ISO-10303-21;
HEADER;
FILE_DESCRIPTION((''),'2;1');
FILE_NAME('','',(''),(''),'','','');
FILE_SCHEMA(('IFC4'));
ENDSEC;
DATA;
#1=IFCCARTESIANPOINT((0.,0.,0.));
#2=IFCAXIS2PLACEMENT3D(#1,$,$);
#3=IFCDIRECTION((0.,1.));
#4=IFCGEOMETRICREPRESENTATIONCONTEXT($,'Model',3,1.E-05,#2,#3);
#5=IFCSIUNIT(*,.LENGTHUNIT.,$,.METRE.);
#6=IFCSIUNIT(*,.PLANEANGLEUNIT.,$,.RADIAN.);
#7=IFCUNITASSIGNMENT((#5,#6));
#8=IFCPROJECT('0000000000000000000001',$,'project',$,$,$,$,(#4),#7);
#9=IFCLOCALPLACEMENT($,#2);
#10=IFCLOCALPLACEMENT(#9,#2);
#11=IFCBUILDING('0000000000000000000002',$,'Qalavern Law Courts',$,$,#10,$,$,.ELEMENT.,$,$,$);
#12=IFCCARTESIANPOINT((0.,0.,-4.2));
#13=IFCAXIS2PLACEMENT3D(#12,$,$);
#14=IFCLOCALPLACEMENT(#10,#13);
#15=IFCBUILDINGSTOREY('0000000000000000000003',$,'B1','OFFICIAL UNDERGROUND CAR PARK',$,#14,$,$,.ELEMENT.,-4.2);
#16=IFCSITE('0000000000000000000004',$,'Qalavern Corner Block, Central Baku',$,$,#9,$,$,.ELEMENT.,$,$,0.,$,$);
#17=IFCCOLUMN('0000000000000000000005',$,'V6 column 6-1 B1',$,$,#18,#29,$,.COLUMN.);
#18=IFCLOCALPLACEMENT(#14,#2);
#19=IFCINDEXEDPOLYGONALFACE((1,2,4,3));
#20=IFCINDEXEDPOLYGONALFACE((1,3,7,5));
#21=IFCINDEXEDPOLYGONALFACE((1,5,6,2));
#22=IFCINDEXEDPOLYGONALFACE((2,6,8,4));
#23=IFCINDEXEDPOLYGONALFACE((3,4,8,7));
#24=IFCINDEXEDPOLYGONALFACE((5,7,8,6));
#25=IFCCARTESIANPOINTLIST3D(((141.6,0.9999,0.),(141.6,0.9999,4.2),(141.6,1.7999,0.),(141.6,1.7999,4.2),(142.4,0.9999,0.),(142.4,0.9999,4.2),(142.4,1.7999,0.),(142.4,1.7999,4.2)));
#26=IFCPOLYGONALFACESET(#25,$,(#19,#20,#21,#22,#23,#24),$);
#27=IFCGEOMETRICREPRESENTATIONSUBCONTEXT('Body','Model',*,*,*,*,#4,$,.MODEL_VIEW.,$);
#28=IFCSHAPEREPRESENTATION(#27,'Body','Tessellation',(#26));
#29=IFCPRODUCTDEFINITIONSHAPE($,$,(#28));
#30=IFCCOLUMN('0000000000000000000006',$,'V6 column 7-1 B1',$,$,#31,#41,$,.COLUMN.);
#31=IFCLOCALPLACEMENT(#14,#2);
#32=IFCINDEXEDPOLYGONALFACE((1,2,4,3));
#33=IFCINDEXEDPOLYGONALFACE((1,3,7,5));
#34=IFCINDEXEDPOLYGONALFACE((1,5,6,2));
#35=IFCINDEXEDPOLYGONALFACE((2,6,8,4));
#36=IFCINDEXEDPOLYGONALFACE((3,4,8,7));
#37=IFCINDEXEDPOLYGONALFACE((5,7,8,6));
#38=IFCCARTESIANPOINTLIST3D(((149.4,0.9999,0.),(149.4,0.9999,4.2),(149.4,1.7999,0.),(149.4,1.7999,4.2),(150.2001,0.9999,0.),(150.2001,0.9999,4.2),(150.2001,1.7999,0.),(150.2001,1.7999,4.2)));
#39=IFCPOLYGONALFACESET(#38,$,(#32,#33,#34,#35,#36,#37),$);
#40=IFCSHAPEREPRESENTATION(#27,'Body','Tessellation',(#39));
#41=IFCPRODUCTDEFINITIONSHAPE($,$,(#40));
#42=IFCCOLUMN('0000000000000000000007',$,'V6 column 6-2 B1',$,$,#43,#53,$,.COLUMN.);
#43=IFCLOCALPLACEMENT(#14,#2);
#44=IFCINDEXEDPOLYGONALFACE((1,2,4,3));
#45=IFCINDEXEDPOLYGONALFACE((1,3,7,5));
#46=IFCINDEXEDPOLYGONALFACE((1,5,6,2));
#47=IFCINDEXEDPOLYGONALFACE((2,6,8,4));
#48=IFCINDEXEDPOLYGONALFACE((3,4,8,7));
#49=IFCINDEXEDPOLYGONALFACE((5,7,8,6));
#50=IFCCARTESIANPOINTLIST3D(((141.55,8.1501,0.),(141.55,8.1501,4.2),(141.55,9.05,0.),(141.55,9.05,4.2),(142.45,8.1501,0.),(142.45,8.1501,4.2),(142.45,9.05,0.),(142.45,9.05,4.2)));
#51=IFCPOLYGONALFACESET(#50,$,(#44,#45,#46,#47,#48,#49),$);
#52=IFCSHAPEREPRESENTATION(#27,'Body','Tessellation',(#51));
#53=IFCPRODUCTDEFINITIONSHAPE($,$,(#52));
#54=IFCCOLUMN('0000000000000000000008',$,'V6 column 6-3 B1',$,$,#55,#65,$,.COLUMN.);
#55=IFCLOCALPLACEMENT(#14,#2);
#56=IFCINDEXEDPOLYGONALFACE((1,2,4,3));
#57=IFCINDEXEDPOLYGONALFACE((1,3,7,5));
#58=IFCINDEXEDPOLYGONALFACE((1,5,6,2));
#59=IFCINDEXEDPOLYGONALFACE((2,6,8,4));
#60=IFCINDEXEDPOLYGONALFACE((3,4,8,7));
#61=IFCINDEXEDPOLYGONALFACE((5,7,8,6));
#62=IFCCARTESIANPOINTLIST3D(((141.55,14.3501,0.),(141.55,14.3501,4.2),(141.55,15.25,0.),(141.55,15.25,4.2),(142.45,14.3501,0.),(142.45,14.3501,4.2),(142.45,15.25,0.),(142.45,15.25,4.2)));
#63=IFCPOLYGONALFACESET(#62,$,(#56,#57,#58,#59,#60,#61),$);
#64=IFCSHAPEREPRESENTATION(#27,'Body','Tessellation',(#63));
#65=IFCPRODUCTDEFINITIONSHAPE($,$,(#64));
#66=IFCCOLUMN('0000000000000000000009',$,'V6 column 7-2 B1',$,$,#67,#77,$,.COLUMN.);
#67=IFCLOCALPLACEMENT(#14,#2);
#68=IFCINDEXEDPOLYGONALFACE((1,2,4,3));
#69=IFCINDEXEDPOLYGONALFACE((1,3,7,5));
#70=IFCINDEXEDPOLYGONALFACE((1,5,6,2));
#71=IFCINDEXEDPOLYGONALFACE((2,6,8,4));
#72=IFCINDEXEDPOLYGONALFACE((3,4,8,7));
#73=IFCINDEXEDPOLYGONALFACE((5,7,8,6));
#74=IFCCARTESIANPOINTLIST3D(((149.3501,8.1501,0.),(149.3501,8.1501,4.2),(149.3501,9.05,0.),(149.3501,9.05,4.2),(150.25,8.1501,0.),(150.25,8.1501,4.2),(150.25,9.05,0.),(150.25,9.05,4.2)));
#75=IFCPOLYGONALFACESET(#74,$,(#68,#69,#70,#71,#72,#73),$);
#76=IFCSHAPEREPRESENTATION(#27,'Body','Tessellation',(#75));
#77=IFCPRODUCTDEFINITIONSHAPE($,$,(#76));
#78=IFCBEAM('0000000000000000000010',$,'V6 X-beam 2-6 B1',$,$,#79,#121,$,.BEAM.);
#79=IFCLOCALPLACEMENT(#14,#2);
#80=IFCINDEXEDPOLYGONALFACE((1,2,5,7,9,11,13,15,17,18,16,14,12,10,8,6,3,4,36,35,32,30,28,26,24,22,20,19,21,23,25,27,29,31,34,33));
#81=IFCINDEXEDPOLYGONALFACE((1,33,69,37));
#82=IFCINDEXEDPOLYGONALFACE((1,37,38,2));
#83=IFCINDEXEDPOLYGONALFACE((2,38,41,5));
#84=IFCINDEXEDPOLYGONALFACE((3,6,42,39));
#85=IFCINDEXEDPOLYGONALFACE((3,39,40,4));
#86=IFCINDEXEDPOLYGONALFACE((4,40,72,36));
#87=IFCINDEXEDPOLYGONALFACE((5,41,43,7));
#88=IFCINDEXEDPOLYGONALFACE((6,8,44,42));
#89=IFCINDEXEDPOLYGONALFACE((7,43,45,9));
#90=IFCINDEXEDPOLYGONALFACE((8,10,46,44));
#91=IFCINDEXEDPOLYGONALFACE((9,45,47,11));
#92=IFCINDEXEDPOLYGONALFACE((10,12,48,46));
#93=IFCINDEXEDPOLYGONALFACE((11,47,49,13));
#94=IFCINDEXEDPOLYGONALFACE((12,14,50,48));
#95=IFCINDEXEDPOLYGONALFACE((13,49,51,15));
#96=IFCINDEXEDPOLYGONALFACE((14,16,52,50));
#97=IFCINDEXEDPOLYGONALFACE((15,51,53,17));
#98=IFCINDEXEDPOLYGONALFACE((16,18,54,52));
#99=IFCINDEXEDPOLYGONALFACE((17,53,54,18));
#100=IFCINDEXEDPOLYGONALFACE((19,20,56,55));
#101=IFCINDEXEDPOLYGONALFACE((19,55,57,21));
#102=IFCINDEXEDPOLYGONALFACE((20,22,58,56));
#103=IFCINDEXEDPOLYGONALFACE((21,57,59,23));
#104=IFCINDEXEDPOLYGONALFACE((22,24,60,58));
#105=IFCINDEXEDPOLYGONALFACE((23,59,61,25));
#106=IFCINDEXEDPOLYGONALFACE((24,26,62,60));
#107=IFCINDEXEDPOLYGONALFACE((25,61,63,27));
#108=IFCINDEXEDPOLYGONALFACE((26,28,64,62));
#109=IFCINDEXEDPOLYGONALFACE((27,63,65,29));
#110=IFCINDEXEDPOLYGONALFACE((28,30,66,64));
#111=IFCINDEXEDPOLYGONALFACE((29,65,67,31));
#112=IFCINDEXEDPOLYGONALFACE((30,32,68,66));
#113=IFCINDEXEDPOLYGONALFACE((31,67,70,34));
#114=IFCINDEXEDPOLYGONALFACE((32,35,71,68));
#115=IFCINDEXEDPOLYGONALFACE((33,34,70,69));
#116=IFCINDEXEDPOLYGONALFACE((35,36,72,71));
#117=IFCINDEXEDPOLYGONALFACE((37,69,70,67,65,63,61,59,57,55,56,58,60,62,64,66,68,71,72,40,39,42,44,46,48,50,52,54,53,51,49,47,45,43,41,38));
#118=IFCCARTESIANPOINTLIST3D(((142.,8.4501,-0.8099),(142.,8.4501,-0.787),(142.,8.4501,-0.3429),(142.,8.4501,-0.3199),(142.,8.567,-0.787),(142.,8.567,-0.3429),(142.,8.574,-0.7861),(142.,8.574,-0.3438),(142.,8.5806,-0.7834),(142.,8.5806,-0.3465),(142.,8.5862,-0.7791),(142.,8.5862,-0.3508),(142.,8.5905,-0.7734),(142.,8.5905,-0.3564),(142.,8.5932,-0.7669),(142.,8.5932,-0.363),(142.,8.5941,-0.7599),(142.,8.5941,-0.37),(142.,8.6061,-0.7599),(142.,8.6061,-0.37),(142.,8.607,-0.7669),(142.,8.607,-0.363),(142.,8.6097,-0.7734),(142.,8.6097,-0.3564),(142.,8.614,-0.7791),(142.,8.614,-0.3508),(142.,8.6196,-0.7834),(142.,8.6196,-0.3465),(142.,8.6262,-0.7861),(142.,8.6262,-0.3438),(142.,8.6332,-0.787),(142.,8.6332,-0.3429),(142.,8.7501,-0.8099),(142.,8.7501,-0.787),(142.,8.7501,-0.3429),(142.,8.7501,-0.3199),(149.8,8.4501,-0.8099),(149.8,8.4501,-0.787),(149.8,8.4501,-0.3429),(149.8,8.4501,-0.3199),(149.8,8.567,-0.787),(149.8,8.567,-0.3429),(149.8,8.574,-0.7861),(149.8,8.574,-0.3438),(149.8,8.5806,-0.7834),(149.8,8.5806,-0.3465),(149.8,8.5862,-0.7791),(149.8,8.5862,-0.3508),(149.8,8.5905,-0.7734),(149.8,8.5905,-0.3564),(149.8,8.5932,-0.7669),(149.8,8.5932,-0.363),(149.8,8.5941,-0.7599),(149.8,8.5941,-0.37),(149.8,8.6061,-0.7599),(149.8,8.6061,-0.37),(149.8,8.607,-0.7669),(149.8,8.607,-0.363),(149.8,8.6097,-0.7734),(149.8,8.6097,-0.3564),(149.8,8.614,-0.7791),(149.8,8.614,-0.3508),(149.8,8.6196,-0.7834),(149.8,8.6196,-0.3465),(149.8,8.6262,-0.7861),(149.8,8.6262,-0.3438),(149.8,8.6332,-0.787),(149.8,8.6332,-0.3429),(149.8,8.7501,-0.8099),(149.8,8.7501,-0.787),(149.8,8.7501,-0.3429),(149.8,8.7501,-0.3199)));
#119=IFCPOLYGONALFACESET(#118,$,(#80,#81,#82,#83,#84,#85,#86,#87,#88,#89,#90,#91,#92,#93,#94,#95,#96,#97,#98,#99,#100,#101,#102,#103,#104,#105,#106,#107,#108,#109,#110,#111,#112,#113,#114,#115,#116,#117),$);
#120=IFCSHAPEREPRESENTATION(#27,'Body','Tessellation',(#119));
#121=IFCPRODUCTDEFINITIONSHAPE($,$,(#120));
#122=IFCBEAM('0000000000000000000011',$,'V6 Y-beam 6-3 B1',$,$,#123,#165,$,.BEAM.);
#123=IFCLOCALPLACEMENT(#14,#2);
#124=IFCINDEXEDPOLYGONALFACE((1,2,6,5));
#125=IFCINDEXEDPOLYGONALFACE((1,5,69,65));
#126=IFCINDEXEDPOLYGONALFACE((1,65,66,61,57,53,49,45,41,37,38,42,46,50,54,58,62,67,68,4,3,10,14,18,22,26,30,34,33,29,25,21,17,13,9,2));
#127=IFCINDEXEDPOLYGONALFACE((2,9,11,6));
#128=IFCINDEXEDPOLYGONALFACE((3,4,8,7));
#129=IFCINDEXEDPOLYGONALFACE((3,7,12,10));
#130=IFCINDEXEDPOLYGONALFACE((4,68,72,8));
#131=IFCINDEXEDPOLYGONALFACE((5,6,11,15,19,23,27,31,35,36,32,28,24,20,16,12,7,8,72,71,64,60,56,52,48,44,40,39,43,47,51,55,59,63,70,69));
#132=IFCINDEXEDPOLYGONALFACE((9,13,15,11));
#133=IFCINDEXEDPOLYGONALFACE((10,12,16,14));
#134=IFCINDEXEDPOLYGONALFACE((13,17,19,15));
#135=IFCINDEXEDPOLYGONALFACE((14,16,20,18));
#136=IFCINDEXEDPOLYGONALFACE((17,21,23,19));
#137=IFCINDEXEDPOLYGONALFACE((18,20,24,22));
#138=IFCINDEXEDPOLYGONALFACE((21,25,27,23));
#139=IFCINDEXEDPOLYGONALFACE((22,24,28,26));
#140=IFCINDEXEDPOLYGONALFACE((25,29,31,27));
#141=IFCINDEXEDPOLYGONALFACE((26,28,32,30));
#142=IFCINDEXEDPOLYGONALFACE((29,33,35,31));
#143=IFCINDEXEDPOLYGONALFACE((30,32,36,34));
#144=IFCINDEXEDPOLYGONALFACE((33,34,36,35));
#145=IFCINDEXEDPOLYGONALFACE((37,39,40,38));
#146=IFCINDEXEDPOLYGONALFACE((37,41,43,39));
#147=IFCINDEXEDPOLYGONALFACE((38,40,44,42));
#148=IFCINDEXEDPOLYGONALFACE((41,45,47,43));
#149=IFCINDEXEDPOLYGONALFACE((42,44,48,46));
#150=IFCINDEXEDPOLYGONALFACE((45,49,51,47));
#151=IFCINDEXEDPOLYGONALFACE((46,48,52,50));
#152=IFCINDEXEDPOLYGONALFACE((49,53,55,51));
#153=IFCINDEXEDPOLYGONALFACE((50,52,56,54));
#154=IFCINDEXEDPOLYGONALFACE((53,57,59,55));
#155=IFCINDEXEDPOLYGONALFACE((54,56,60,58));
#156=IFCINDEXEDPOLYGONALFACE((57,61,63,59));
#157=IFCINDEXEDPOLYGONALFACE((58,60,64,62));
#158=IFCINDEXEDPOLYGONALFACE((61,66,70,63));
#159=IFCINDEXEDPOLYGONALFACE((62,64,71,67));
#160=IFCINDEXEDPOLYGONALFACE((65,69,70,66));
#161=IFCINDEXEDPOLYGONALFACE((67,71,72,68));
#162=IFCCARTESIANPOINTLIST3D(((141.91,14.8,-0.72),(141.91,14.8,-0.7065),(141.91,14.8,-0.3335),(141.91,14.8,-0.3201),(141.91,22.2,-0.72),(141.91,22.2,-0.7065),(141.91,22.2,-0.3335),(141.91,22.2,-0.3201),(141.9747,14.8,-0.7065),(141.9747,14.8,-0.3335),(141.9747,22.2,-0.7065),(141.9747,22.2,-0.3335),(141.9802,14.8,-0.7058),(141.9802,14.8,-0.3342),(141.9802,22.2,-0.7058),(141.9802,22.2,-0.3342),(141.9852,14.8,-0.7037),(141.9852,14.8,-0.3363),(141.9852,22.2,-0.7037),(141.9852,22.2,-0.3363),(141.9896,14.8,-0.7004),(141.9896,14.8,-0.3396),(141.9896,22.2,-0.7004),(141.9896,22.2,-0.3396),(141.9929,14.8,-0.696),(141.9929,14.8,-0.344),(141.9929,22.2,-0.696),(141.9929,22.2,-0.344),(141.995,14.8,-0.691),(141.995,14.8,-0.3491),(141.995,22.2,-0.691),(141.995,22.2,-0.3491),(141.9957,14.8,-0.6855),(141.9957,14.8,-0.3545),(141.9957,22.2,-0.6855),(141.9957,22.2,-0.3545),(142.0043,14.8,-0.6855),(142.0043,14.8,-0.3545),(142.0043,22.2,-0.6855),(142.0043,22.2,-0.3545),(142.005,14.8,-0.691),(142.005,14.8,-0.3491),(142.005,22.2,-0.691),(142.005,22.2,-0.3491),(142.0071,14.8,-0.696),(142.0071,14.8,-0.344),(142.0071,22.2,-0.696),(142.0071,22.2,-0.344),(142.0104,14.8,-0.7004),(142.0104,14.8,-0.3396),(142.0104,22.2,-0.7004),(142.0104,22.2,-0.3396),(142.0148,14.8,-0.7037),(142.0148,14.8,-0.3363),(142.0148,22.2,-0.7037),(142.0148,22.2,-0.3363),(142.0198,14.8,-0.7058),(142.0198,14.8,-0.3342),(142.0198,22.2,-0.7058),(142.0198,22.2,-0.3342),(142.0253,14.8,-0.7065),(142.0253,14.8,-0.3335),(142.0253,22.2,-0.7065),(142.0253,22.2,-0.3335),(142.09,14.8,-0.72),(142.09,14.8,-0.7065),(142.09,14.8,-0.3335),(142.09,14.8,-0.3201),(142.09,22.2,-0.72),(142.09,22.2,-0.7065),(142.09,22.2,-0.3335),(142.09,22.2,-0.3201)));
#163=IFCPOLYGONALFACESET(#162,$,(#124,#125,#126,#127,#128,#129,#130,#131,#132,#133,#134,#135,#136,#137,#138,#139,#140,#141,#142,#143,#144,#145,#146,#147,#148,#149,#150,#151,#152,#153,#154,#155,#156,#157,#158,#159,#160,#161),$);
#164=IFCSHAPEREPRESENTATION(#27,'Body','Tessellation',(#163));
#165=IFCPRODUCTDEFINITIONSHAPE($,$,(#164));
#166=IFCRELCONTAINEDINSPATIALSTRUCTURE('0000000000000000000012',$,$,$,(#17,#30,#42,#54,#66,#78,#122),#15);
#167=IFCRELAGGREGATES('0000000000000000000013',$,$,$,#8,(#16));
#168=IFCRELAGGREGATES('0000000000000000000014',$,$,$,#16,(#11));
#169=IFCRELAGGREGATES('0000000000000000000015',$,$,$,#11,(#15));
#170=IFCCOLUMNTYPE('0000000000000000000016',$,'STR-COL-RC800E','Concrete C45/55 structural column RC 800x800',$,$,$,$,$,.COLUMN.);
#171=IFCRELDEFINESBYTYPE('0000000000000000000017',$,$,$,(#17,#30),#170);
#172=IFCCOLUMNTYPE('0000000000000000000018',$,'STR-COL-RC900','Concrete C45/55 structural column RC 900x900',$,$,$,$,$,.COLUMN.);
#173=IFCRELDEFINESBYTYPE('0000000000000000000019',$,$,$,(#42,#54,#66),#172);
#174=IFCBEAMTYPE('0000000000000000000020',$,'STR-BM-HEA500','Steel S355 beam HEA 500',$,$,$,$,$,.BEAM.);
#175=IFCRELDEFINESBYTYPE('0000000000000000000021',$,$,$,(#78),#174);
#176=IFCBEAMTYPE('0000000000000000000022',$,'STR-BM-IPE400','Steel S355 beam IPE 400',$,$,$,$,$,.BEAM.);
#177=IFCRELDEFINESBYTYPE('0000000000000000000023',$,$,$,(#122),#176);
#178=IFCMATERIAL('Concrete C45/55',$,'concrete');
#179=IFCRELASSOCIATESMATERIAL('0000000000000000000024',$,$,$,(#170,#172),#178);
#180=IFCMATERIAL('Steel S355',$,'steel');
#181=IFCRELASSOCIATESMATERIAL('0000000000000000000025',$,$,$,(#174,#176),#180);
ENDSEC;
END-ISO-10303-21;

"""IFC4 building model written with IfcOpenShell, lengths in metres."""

from ifc_helpers import new_model, si_unit, direction, frame, origin, origin_2d, place, context, subcontext, project, spatial, rectangle, i_section, extrude, material, material_profile, profile_set, type_object, element, save


model = new_model("IFC4")

# Units and contexts
model_context = context("Model", 3, precision=1e-05, world=origin(), true_north=direction((0.0, 1.0)))
body_context = subcontext(model_context, "Body", "Model", "MODEL_VIEW")
ifc_project = project(units=[si_unit("LENGTHUNIT", "METRE"), si_unit("PLANEANGLEUNIT", "RADIAN")], contexts=[model_context])

# Site, building, storey
site_placement = place(None, origin())
site = spatial("IfcSite", under=ifc_project, at=site_placement, Name="Qalavern Corner Block, Central Baku", CompositionType="ELEMENT", RefElevation=0.0)
building_placement = place(site_placement, origin())
building = spatial("IfcBuilding", under=site, at=building_placement, Name="Qalavern Law Courts", CompositionType="ELEMENT")
storey_placement = place(building_placement, frame((0.0, 0.0, -4.2)))
storey = spatial("IfcBuildingStorey", under=building, at=storey_placement, Name="B1", Description="OFFICIAL UNDERGROUND CAR PARK", CompositionType="ELEMENT", Elevation=-4.2)

# Columns
ifc_material_1 = material(Name="Concrete C45/55", Category="concrete")
ifc_material_profile_1 = material_profile(ifc_material_1, rectangle(XDim=0.8, YDim=0.8, at=origin_2d()), Name="RC 800x800")
ifc_profile_set_1 = profile_set([ifc_material_profile_1], Name="Concrete C45/55")
column_type_1 = type_object("IfcColumnType", Name="STR-COL-RC800E", Description="Concrete C45/55 structural column RC 800x800", PredefinedType="COLUMN", material=ifc_profile_set_1)
for number, where, z_axis, x_axis, name in (
    (1, (142.0, 1.3999, 0.0), (0.0, 0.0, 1.0), (1.0, 0.0, 0.0), "V6 column 6-1 B1"),
    (2, (149.8, 1.3999, 0.0), (0.0, 0.0, 1.0), (1.0, 0.0, 0.0), "V6 column 7-1 B1"),
):
    element("IfcColumn", number, at=place(storey_placement, frame(where, z_axis=z_axis, x_axis=x_axis)), inside=storey, type_object=column_type_1, Name=name, PredefinedType="COLUMN", context=body_context, shape_type="SweptSolid", body=[
        extrude(rectangle(XDim=0.8, YDim=0.8, at=origin_2d()), origin(), (0.0, 0.0, 1.0), 4.2),
    ])
ifc_material_profile_2 = material_profile(ifc_material_1, rectangle(XDim=0.8999, YDim=0.8999, at=origin_2d()), Name="RC 900x900")
ifc_profile_set_2 = profile_set([ifc_material_profile_2], Name="Concrete C45/55")
column_type_2 = type_object("IfcColumnType", Name="STR-COL-RC900", Description="Concrete C45/55 structural column RC 900x900", PredefinedType="COLUMN", material=ifc_profile_set_2)
for number, where, z_axis, x_axis, name in (
    (3, (142.0, 8.6001, 0.0), (0.0, 0.0, 1.0), (1.0, 0.0, 0.0), "V6 column 6-2 B1"),
    (4, (142.0, 14.8, 0.0), (0.0, 0.0, 1.0), (1.0, 0.0, 0.0), "V6 column 6-3 B1"),
    (5, (149.8, 8.6001, 0.0), (0.0, 0.0, 1.0), (1.0, 0.0, 0.0), "V6 column 7-2 B1"),
):
    element("IfcColumn", number, at=place(storey_placement, frame(where, z_axis=z_axis, x_axis=x_axis)), inside=storey, type_object=column_type_2, Name=name, PredefinedType="COLUMN", context=body_context, shape_type="SweptSolid", body=[
        extrude(rectangle(XDim=0.8999, YDim=0.8999, at=origin_2d()), origin(), (0.0, 0.0, 1.0), 4.2),
    ])

# Beams
ifc_material_2 = material(Name="Steel S355", Category="steel")
ifc_material_profile_3 = material_profile(ifc_material_2, i_section(OverallWidth=0.3, OverallDepth=0.49, WebThickness=0.012, FlangeThickness=0.0229, FilletRadius=0.0271, at=origin_2d()), Name="HEA 500")
ifc_profile_set_3 = profile_set([ifc_material_profile_3], Name="Steel S355")
beam_type_1 = type_object("IfcBeamType", Name="STR-BM-HEA500", Description="Steel S355 beam HEA 500", PredefinedType="BEAM", material=ifc_profile_set_3)
beam_1_placement = place(storey_placement, frame((142.0, 8.6001, -0.5649), z_axis=(1.0, 0.0, 0.0), x_axis=(0.0, 1.0, 0.0)))
element("IfcBeam", 6, at=beam_1_placement, inside=storey, type_object=beam_type_1, Name="V6 X-beam 2-6 B1", PredefinedType="BEAM", context=body_context, shape_type="SweptSolid", body=[
    extrude(i_section(OverallWidth=0.3, OverallDepth=0.49, WebThickness=0.012, FlangeThickness=0.0229, FilletRadius=0.0271, at=origin_2d()), origin(), (0.0, 0.0, 1.0), 7.8),
])
ifc_material_profile_4 = material_profile(ifc_material_2, i_section(OverallWidth=0.1799, OverallDepth=0.3999, WebThickness=0.0085, FlangeThickness=0.0134, FilletRadius=0.021, at=origin_2d()), Name="IPE 400")
ifc_profile_set_4 = profile_set([ifc_material_profile_4], Name="Steel S355")
beam_type_2 = type_object("IfcBeamType", Name="STR-BM-IPE400", Description="Steel S355 beam IPE 400", PredefinedType="BEAM", material=ifc_profile_set_4)
beam_2_placement = place(storey_placement, frame((142.0, 14.8, -0.52), z_axis=(0.0, 1.0, 0.0), x_axis=(-1.0, 0.0, 0.0)))
element("IfcBeam", 7, at=beam_2_placement, inside=storey, type_object=beam_type_2, Name="V6 Y-beam 6-3 B1", PredefinedType="BEAM", context=body_context, shape_type="SweptSolid", body=[
    extrude(i_section(OverallWidth=0.1799, OverallDepth=0.3999, WebThickness=0.0085, FlangeThickness=0.0134, FilletRadius=0.021, at=origin_2d()), origin(), (0.0, 0.0, 1.0), 7.3999),
])

save(model, "model.ifc")
